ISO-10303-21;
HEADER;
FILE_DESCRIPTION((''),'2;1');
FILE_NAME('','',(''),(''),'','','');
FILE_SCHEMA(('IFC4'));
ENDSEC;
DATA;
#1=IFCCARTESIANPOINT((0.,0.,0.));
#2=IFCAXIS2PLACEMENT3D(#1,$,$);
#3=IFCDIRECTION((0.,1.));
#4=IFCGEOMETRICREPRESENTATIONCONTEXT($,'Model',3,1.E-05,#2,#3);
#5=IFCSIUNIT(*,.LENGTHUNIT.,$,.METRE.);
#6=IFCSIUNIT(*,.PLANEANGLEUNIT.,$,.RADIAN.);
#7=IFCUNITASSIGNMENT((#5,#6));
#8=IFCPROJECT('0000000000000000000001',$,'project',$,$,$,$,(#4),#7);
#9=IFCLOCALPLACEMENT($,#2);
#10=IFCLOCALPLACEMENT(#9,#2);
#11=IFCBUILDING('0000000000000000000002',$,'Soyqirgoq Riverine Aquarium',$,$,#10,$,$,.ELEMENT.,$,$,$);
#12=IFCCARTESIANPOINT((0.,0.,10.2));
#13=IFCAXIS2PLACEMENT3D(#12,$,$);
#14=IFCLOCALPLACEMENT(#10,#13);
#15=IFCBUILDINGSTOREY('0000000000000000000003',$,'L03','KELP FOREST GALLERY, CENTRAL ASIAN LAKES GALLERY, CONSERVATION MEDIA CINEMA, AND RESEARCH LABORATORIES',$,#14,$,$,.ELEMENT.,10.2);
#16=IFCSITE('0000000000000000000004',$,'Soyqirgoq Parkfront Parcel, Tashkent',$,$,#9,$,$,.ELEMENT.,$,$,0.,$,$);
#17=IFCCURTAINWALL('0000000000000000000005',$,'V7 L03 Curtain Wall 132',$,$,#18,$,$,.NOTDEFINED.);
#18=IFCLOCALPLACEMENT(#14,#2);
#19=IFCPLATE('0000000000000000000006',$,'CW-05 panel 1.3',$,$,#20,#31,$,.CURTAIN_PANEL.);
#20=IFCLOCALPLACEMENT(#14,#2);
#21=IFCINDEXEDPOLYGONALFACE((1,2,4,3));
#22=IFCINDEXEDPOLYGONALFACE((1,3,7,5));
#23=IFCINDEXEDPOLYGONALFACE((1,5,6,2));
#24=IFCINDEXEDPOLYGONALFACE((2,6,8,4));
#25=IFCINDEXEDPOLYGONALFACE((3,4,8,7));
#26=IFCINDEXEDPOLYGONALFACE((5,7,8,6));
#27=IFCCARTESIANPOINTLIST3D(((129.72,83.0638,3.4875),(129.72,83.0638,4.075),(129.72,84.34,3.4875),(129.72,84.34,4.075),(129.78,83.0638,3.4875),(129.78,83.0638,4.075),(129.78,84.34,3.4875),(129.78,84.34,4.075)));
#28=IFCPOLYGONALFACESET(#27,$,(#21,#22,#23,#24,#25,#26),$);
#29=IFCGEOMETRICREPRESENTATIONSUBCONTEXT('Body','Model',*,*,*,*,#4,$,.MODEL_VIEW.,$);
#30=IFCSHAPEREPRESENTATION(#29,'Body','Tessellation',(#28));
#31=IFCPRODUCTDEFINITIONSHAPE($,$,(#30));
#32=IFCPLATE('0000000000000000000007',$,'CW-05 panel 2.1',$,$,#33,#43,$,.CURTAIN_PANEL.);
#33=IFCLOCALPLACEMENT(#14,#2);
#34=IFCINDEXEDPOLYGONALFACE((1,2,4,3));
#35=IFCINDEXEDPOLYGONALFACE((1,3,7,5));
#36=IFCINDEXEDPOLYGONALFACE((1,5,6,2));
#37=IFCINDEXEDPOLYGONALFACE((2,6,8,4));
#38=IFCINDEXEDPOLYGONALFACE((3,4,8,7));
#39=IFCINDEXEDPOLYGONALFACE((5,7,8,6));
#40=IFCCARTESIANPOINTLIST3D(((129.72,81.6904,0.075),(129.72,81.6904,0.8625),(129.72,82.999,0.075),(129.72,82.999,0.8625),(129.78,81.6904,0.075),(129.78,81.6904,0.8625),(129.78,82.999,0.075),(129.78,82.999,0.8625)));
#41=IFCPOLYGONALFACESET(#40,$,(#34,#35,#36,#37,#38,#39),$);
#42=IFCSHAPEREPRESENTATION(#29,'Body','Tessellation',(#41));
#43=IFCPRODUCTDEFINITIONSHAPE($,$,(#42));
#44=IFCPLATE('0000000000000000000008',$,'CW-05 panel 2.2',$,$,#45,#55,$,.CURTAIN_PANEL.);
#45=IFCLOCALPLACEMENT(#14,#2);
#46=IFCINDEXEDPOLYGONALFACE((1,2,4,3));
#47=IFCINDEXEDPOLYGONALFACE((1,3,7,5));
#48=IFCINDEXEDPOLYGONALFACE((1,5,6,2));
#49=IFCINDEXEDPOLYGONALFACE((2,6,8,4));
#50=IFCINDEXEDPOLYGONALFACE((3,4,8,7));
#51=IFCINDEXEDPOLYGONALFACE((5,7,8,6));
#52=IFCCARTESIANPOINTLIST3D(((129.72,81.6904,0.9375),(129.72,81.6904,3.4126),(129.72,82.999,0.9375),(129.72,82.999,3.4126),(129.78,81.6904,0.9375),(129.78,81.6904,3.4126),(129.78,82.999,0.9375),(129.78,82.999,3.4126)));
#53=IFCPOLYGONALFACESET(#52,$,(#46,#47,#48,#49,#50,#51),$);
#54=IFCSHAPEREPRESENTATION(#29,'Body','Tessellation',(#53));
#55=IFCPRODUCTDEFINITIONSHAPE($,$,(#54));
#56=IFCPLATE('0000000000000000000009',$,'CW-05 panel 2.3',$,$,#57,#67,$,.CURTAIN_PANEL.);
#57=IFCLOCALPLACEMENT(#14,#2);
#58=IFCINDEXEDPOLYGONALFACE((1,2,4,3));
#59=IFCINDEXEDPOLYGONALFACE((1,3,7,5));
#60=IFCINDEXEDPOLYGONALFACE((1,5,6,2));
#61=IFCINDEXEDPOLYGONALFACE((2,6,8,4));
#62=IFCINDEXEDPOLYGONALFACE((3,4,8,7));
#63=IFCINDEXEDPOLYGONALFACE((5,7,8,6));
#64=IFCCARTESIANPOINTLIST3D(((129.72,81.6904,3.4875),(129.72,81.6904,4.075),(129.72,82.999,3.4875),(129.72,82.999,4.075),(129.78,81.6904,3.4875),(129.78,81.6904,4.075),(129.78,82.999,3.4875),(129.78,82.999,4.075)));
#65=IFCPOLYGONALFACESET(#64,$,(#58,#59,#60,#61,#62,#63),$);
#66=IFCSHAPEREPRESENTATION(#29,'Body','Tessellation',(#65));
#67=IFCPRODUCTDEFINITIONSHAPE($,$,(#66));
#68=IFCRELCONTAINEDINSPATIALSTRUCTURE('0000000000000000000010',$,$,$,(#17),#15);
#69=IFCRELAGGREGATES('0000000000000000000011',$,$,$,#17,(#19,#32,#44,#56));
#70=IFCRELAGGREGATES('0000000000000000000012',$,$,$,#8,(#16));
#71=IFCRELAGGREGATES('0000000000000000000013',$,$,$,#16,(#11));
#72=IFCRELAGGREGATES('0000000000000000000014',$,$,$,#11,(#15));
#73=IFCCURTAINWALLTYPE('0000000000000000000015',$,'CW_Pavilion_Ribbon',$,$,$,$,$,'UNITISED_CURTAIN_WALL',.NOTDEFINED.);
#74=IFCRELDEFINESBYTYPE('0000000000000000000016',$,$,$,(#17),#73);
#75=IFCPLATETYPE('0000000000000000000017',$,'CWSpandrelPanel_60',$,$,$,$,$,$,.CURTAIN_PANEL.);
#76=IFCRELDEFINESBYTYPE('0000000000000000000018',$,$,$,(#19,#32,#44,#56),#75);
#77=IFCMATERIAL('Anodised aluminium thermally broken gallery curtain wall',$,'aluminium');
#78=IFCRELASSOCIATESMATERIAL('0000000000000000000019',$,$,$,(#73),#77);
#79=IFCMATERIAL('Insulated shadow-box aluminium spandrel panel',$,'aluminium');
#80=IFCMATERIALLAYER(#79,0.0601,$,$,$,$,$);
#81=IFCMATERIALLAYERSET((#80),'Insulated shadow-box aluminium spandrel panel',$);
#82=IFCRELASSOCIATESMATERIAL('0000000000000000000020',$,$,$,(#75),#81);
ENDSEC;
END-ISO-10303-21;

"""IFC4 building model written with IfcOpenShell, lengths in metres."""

from ifc_helpers import new_model, si_unit, direction, frame, origin, origin_2d, place, context, subcontext, project, spatial, rectangle, extrude, material, layer, layer_set, type_object, element, aggregate, save


model = new_model("IFC4")

# Units and contexts
model_context = context("Model", 3, precision=1e-05, world=origin(), true_north=direction((0.0, 1.0)))
body_context = subcontext(model_context, "Body", "Model", "MODEL_VIEW")
ifc_project = project(units=[si_unit("LENGTHUNIT", "METRE"), si_unit("PLANEANGLEUNIT", "RADIAN")], contexts=[model_context])

# Site, building, storey
site_placement = place(None, origin())
site = spatial("IfcSite", under=ifc_project, at=site_placement, Name="Soyqirgoq Parkfront Parcel, Tashkent", CompositionType="ELEMENT", RefElevation=0.0)
building_placement = place(site_placement, origin())
building = spatial("IfcBuilding", under=site, at=building_placement, Name="Soyqirgoq Riverine Aquarium", CompositionType="ELEMENT")
storey_placement = place(building_placement, frame((0.0, 0.0, 10.2)))
storey = spatial("IfcBuildingStorey", under=building, at=storey_placement, Name="L03", Description="KELP FOREST GALLERY, CENTRAL ASIAN LAKES GALLERY, CONSERVATION MEDIA CINEMA, AND RESEARCH LABORATORIES", CompositionType="ELEMENT", Elevation=10.2)

# Curtain wall, plates
ifc_material_1 = material(Name="Anodised aluminium thermally broken gallery curtain wall", Category="aluminium")
curtain_wall_type = type_object("IfcCurtainWallType", Name="CW_Pavilion_Ribbon", ElementType="UNITISED_CURTAIN_WALL", PredefinedType="NOTDEFINED", material=ifc_material_1)
curtain_wall_placement = place(storey_placement, origin())
curtain_wall = element("IfcCurtainWall", 1, at=curtain_wall_placement, inside=storey, type_object=curtain_wall_type, Name="V7 L03 Curtain Wall 132", PredefinedType="NOTDEFINED")
ifc_material_2 = material(Name="Insulated shadow-box aluminium spandrel panel", Category="aluminium")
ifc_layer = layer(ifc_material_2, 0.0601)
ifc_layer_set = layer_set([ifc_layer], Name="Insulated shadow-box aluminium spandrel panel")
plate_type = type_object("IfcPlateType", Name="CWSpandrelPanel_60", PredefinedType="CURTAIN_PANEL", material=ifc_layer_set)
plate_1_placement = place(storey_placement, frame((129.75, 83.7019, 3.4875), z_axis=(0.0, 0.0, 1.0), x_axis=(0.0, -1.0, 0.0)))
plate_1 = element("IfcPlate", 2, at=plate_1_placement, type_object=plate_type, Name="CW-05 panel 1.3", PredefinedType="CURTAIN_PANEL", context=body_context, shape_type="SweptSolid", body=[
    extrude(rectangle(XDim=1.2761, YDim=0.0601, at=origin_2d()), origin(), (0.0, 0.0, 1.0), 0.5874),
])
plate_2_placement = place(storey_placement, frame((129.75, 82.3447, 0.075), z_axis=(0.0, 0.0, 1.0), x_axis=(0.0, -1.0, 0.0)))
plate_2 = element("IfcPlate", 3, at=plate_2_placement, type_object=plate_type, Name="CW-05 panel 2.1", PredefinedType="CURTAIN_PANEL", context=body_context, shape_type="SweptSolid", body=[
    extrude(rectangle(XDim=1.3086, YDim=0.0601, at=origin_2d()), origin(), (0.0, 0.0, 1.0), 0.7876),
])
plate_3_placement = place(storey_placement, frame((129.75, 82.3447, 0.9375), z_axis=(0.0, 0.0, 1.0), x_axis=(0.0, -1.0, 0.0)))
plate_3 = element("IfcPlate", 4, at=plate_3_placement, type_object=plate_type, Name="CW-05 panel 2.2", PredefinedType="CURTAIN_PANEL", context=body_context, shape_type="SweptSolid", body=[
    extrude(rectangle(XDim=1.3086, YDim=0.0601, at=origin_2d()), origin(), (0.0, 0.0, 1.0), 2.4751),
])
plate_4_placement = place(storey_placement, frame((129.75, 82.3447, 3.4875), z_axis=(0.0, 0.0, 1.0), x_axis=(0.0, -1.0, 0.0)))
plate_4 = element("IfcPlate", 5, at=plate_4_placement, type_object=plate_type, Name="CW-05 panel 2.3", PredefinedType="CURTAIN_PANEL", context=body_context, shape_type="SweptSolid", body=[
    extrude(rectangle(XDim=1.3086, YDim=0.0601, at=origin_2d()), origin(), (0.0, 0.0, 1.0), 0.5874),
])
aggregate(curtain_wall, [plate_1, plate_2, plate_3, plate_4])

save(model, "model.ifc")
